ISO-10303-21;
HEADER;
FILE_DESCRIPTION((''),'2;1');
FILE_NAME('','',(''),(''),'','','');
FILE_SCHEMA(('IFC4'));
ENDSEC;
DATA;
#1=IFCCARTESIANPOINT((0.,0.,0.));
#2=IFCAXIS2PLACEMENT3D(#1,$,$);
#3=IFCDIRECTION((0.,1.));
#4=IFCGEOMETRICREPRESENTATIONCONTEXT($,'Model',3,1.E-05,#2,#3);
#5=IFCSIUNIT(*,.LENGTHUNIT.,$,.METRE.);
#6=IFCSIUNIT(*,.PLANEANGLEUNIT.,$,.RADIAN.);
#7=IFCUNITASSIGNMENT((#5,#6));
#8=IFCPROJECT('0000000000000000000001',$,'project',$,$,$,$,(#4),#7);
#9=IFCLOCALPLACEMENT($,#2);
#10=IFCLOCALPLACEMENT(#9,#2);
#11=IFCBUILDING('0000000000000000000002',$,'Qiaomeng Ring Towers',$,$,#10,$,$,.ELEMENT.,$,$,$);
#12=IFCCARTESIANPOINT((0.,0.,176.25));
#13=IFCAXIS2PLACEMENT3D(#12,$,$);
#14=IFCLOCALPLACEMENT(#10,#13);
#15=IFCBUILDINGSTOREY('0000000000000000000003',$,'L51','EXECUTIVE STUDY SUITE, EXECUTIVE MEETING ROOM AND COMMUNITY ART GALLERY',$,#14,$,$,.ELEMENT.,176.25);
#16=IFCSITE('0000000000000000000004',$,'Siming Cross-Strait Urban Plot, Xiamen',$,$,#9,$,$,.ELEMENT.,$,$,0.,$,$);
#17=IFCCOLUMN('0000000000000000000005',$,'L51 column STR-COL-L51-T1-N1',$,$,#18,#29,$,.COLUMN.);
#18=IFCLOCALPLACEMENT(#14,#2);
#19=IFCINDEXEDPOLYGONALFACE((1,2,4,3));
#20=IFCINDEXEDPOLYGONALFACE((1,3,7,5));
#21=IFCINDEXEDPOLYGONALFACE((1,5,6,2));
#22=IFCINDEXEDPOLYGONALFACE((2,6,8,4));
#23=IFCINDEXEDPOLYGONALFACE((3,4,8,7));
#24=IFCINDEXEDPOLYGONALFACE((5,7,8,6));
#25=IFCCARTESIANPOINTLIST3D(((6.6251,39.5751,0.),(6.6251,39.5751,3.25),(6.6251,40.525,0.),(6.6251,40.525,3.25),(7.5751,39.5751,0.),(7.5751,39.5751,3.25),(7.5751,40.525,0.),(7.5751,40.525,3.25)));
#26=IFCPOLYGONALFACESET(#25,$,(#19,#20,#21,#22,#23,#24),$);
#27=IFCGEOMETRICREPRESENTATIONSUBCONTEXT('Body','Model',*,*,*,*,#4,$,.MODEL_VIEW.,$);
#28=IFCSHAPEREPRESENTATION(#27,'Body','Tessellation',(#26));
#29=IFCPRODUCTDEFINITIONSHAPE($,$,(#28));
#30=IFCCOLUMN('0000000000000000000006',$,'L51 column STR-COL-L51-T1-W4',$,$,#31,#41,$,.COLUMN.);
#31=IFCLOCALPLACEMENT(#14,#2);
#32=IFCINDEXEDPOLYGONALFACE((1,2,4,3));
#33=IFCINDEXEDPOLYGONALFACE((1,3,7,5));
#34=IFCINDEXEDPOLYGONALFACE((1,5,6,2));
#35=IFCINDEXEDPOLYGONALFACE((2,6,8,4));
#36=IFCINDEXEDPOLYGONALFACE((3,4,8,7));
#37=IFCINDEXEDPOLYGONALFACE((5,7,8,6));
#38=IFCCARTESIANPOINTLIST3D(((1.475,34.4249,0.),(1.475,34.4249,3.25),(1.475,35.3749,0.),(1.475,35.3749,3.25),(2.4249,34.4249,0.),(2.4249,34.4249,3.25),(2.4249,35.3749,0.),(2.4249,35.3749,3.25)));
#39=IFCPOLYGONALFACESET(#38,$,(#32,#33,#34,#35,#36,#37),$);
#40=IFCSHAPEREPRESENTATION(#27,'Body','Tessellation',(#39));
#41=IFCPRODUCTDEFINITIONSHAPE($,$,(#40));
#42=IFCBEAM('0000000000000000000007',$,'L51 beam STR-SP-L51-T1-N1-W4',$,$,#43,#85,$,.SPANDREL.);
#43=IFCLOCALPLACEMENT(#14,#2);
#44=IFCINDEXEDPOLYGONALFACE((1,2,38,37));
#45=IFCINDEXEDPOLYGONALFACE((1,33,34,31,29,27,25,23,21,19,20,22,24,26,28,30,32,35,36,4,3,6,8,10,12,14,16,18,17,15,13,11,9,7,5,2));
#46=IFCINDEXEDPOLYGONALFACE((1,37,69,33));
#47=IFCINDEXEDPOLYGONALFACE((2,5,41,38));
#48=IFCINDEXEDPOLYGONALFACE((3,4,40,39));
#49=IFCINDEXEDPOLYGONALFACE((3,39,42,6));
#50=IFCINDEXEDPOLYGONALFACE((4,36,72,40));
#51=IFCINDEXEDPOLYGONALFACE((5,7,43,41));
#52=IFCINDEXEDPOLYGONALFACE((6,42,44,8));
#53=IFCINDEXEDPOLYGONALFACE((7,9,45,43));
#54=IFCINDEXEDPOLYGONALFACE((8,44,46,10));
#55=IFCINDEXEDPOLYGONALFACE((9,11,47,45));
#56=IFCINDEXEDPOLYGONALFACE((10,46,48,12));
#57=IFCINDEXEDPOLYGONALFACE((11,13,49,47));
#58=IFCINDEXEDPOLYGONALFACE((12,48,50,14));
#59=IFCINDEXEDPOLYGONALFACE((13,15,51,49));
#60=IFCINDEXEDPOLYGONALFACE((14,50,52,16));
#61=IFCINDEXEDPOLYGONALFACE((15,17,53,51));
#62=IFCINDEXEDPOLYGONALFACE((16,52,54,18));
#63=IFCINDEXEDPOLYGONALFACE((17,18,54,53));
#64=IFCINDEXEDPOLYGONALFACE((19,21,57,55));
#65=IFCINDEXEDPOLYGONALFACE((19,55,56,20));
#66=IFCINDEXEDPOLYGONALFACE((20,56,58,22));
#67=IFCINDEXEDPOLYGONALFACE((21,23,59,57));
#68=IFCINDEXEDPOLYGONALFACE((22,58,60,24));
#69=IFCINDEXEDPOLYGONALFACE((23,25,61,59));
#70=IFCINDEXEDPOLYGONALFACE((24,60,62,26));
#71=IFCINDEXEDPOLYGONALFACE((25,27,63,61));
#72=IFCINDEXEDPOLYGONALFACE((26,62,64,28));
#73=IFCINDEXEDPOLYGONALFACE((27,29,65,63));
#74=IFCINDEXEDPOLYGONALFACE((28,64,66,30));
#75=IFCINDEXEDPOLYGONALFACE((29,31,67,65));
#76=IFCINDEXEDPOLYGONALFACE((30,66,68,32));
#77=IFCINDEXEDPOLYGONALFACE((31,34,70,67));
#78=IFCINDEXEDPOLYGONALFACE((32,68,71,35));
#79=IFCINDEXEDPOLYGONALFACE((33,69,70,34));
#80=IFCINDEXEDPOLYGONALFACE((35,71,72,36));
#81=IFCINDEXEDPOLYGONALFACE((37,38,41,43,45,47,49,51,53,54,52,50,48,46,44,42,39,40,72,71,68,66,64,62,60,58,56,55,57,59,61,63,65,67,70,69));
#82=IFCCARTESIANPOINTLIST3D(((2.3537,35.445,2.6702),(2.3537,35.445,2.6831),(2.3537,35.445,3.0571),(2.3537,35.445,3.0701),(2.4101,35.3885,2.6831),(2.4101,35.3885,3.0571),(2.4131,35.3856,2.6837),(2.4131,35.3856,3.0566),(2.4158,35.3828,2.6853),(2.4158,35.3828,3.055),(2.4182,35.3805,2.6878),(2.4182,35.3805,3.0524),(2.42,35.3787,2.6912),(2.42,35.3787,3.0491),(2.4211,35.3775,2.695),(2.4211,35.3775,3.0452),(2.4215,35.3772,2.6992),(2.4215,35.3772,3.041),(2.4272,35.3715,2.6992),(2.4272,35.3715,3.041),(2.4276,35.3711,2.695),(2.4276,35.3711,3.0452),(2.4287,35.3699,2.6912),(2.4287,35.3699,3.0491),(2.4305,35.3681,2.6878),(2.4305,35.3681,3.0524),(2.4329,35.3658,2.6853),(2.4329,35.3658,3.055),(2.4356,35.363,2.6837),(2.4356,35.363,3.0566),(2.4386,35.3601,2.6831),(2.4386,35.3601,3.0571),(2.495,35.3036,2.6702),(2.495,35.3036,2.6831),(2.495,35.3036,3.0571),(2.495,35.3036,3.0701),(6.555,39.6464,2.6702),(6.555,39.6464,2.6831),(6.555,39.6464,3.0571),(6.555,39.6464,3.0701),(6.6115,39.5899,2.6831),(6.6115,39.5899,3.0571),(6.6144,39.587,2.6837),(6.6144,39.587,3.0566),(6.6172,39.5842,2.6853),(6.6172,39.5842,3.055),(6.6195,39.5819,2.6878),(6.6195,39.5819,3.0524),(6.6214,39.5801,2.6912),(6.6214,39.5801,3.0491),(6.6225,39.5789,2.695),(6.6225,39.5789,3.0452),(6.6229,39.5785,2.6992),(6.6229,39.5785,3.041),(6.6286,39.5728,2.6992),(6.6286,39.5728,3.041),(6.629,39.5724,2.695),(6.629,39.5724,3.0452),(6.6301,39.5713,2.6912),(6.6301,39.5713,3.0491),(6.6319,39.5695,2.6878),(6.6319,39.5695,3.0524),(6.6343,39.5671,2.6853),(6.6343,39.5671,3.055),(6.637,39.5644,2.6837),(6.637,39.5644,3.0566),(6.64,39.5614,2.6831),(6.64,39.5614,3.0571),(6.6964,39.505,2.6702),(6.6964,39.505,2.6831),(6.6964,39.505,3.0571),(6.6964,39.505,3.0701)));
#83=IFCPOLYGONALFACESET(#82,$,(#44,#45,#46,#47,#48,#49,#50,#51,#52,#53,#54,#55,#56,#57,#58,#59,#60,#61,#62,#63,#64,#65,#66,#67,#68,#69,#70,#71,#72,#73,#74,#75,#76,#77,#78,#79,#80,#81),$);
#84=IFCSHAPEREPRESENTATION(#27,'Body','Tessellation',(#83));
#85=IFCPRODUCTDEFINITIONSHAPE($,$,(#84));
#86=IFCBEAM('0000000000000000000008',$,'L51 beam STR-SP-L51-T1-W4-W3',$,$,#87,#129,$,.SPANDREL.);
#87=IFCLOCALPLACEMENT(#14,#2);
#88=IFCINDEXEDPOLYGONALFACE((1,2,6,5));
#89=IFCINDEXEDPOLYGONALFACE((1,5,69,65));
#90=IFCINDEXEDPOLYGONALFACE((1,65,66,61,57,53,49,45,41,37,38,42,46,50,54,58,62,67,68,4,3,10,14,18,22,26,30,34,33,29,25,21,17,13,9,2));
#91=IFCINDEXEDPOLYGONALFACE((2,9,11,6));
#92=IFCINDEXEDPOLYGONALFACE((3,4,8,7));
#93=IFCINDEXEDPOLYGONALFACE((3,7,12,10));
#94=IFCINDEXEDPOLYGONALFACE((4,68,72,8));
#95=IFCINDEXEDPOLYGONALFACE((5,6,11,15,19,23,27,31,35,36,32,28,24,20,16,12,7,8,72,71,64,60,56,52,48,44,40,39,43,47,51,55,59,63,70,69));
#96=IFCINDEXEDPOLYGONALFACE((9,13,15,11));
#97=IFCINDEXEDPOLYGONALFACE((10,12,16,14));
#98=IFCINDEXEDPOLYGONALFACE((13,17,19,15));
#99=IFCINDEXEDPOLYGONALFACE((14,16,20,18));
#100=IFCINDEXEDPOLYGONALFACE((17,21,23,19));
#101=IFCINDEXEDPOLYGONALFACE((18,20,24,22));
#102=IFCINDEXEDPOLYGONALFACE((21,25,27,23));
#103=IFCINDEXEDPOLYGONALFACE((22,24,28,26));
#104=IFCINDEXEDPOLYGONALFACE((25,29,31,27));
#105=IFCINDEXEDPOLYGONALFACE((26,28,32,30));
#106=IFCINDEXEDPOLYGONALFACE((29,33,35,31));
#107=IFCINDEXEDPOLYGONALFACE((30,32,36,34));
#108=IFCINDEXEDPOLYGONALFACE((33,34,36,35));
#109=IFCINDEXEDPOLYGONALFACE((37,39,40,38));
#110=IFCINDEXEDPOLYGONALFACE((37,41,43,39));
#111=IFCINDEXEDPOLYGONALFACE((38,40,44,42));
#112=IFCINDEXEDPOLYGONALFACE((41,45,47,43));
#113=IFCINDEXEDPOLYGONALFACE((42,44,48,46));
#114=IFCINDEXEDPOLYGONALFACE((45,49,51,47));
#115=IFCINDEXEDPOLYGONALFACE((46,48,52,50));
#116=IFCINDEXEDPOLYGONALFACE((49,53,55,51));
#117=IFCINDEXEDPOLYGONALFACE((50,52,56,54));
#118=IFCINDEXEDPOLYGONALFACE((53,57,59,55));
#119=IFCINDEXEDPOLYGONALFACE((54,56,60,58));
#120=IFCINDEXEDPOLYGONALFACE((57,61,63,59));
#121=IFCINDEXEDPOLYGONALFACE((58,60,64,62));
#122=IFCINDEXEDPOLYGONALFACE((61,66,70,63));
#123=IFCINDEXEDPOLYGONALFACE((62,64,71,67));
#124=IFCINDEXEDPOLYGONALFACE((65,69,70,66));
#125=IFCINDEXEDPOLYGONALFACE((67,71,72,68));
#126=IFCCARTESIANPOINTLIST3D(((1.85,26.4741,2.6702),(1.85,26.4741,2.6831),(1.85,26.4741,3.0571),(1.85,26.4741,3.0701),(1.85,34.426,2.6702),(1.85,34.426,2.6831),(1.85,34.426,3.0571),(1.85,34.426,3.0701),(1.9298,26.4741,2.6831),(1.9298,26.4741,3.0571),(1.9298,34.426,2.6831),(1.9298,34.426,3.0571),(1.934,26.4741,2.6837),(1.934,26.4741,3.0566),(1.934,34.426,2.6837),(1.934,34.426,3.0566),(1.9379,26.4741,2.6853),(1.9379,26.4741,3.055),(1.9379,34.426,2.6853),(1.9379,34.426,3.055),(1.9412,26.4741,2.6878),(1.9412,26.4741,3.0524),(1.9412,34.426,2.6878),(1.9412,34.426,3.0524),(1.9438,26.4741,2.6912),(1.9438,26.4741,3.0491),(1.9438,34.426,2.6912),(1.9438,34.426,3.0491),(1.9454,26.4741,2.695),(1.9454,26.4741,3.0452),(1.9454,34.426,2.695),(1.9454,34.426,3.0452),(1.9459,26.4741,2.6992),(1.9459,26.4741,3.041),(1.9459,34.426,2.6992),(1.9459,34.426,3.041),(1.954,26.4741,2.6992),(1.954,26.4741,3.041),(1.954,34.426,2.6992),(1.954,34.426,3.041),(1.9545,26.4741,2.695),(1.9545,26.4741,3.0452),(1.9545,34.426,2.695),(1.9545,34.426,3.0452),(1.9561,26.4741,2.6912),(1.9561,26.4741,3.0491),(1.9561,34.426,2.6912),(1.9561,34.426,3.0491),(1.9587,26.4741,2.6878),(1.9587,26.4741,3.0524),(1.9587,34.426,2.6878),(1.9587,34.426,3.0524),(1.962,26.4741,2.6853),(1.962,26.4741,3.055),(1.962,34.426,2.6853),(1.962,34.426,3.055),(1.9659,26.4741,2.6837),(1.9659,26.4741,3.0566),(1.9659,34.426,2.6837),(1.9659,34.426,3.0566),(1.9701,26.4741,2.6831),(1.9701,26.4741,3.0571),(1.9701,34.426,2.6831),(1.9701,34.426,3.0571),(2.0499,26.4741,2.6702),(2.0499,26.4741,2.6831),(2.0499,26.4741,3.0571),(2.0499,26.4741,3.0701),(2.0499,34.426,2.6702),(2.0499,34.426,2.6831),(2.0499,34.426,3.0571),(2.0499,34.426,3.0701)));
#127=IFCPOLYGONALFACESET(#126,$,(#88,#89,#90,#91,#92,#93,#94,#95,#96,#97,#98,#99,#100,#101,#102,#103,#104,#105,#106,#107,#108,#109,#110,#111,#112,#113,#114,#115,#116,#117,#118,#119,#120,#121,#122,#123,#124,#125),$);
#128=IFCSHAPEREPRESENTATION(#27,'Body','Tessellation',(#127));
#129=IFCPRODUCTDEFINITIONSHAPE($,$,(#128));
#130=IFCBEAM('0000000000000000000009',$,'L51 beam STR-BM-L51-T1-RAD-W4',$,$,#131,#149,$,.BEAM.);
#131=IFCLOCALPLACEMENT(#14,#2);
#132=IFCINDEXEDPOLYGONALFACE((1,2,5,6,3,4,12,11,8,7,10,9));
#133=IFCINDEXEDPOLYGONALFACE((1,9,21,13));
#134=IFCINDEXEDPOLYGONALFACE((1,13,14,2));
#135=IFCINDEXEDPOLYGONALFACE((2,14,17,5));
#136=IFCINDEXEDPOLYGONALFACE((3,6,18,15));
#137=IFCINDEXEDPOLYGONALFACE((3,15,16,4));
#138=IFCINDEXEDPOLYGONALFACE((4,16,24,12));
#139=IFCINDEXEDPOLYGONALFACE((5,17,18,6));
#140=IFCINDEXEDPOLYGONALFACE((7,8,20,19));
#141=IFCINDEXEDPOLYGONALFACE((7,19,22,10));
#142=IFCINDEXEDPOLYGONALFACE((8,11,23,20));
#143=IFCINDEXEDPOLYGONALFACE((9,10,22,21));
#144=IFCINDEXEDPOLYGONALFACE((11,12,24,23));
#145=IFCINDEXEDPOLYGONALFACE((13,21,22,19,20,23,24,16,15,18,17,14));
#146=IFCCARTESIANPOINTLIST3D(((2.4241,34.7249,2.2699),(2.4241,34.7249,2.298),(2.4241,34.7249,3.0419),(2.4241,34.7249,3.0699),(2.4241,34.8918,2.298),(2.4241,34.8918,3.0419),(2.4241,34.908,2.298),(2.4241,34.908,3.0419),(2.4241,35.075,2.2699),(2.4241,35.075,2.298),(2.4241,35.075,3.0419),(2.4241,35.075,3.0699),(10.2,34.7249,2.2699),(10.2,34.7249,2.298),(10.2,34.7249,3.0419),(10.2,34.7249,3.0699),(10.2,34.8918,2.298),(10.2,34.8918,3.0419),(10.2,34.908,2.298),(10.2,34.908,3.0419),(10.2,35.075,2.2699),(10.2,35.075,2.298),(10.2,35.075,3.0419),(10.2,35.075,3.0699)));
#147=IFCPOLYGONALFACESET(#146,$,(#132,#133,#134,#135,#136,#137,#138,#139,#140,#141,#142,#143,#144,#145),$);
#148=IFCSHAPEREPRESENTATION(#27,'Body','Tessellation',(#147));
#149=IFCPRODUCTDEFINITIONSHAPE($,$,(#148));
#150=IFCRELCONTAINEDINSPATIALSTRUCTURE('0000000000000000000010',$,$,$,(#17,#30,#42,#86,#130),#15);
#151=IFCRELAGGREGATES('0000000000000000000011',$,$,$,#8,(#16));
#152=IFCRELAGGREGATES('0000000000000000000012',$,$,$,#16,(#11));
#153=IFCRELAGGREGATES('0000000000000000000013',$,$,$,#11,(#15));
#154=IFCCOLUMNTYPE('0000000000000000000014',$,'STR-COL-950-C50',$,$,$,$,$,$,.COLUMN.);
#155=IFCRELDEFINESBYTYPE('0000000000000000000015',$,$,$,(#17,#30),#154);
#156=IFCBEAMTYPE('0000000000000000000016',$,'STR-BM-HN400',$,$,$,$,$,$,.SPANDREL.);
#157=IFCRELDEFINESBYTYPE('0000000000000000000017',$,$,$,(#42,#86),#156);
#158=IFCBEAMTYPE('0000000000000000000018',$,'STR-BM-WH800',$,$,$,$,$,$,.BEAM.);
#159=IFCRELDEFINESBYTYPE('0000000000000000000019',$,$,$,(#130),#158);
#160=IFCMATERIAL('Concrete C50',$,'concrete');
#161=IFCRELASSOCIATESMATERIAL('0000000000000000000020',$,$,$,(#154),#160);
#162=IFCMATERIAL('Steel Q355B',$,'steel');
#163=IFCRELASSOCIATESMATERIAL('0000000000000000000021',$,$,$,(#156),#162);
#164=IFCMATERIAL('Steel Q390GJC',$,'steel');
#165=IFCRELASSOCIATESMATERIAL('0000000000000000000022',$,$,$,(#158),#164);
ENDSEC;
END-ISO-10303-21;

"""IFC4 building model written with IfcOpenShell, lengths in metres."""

from ifc_helpers import new_model, si_unit, direction, frame, origin, origin_2d, place, context, subcontext, project, spatial, rectangle, i_section, extrude, source, transform, mapped, material, material_profile, profile_set, type_object, element, save


model = new_model("IFC4")

# Units and contexts
model_context = context("Model", 3, precision=1e-05, world=origin(), true_north=direction((0.0, 1.0)))
body_context = subcontext(model_context, "Body", "Model", "MODEL_VIEW")
ifc_project = project(units=[si_unit("LENGTHUNIT", "METRE"), si_unit("PLANEANGLEUNIT", "RADIAN")], contexts=[model_context])

# Site, building, storey
site_placement = place(None, origin())
site = spatial("IfcSite", under=ifc_project, at=site_placement, Name="Siming Cross-Strait Urban Plot, Xiamen", CompositionType="ELEMENT", RefElevation=0.0)
building_placement = place(site_placement, origin())
building = spatial("IfcBuilding", under=site, at=building_placement, Name="Qiaomeng Ring Towers", CompositionType="ELEMENT")
storey_placement = place(building_placement, frame((0.0, 0.0, 176.25)))
storey = spatial("IfcBuildingStorey", under=building, at=storey_placement, Name="L51", Description="EXECUTIVE STUDY SUITE, EXECUTIVE MEETING ROOM AND COMMUNITY ART GALLERY", CompositionType="ELEMENT", Elevation=176.25)

# Columns
ifc_material_1 = material(Name="Concrete C50", Category="concrete")
ifc_material_profile_1 = material_profile(ifc_material_1, rectangle(XDim=0.95, YDim=0.95, at=origin_2d()), Name="RC COL 950x950")
ifc_profile_set_1 = profile_set([ifc_material_profile_1], Name="Concrete C50")
column_type = type_object("IfcColumnType", Name="STR-COL-950-C50", PredefinedType="COLUMN", material=ifc_profile_set_1)
shared_shape_1 = source(origin(), body_context, "Body", "SweptSolid", [
    extrude(rectangle(XDim=0.95, YDim=0.95, at=origin_2d()), origin(), (0.0, 0.0, 1.0), 3.25),
])
for number, where, z_axis, x_axis, name in (
    (1, (7.1001, 40.05, 0.0), (0.0, 0.0, 1.0), (1.0, 0.0, 0.0), "L51 column STR-COL-L51-T1-N1"),
    (2, (1.95, 34.8999, 0.0), (0.0, 0.0, 1.0), (1.0, 0.0, 0.0), "L51 column STR-COL-L51-T1-W4"),
):
    element("IfcColumn", number, at=place(storey_placement, frame(where, z_axis=z_axis, x_axis=x_axis)), inside=storey, type_object=column_type, Name=name, PredefinedType="COLUMN", context=body_context, shape_type="MappedRepresentation", body=[
        mapped(shared_shape_1, transform((0.0, 0.0, 0.0), x_axis=(1.0, 0.0, 0.0), y_axis=(0.0, 1.0, 0.0), z_axis=(0.0, 0.0, 1.0), scale=1.0)),
    ])

# Beams
ifc_material_2 = material(Name="Steel Q355B", Category="steel")
ifc_material_profile_2 = material_profile(ifc_material_2, i_section(OverallWidth=0.2, OverallDepth=0.3999, WebThickness=0.0081, FlangeThickness=0.0129, FilletRadius=0.0161, at=origin_2d()), Name="HN 400x200x8x13")
ifc_profile_set_2 = profile_set([ifc_material_profile_2], Name="Steel Q355B")
beam_type_1 = type_object("IfcBeamType", Name="STR-BM-HN400", PredefinedType="SPANDREL", material=ifc_profile_set_2)
shared_shape_2 = source(origin(), body_context, "Body", "SweptSolid", [
    extrude(i_section(OverallWidth=0.2, OverallDepth=0.3999, WebThickness=0.0081, FlangeThickness=0.0129, FilletRadius=0.0161, at=origin_2d()), origin(), (0.0, 0.0, 1.0), 5.9417),
])
beam_1_placement = place(storey_placement, frame((6.6257, 39.5757, 2.8701), z_axis=(-0.707107, -0.707107, 0.0), x_axis=(0.707107, -0.707107, 0.0)))
element("IfcBeam", 3, at=beam_1_placement, inside=storey, type_object=beam_type_1, Name="L51 beam STR-SP-L51-T1-N1-W4", PredefinedType="SPANDREL", context=body_context, shape_type="MappedRepresentation", body=[
    mapped(shared_shape_2, transform((0.0, 0.0, 0.0), x_axis=(1.0, 0.0, 0.0), y_axis=(0.0, 1.0, 0.0), z_axis=(0.0, 0.0, 1.0), scale=1.0)),
])
shared_shape_3 = source(origin(), body_context, "Body", "SweptSolid", [
    extrude(i_section(OverallWidth=0.2, OverallDepth=0.3999, WebThickness=0.0081, FlangeThickness=0.0129, FilletRadius=0.0161, at=origin_2d()), origin(), (0.0, 0.0, 1.0), 7.9519),
])
beam_2_placement = place(storey_placement, frame((1.95, 34.426, 2.8701), z_axis=(0.0, -1.0, 0.0), x_axis=(1.0, 0.0, 0.0)))
element("IfcBeam", 4, at=beam_2_placement, inside=storey, type_object=beam_type_1, Name="L51 beam STR-SP-L51-T1-W4-W3", PredefinedType="SPANDREL", context=body_context, shape_type="MappedRepresentation", body=[
    mapped(shared_shape_3, transform((0.0, 0.0, 0.0), x_axis=(1.0, 0.0, 0.0), y_axis=(0.0, 1.0, 0.0), z_axis=(0.0, 0.0, 1.0), scale=1.0)),
])
ifc_material_3 = material(Name="Steel Q390GJC", Category="steel")
ifc_material_profile_3 = material_profile(ifc_material_3, i_section(OverallWidth=0.3501, OverallDepth=0.8, WebThickness=0.0161, FlangeThickness=0.0281, at=origin_2d()), Name="WH 800x350x16x28")
ifc_profile_set_3 = profile_set([ifc_material_profile_3], Name="Steel Q390GJC")
beam_type_2 = type_object("IfcBeamType", Name="STR-BM-WH800", PredefinedType="BEAM", material=ifc_profile_set_3)
shared_shape_4 = source(origin(), body_context, "Body", "SweptSolid", [
    extrude(i_section(OverallWidth=0.3501, OverallDepth=0.8, WebThickness=0.0161, FlangeThickness=0.0281, at=origin_2d()), origin(), (0.0, 0.0, 1.0), 7.7759),
])
beam_3_placement = place(storey_placement, frame((2.4241, 34.8999, 2.6699), z_axis=(1.0, 0.0, 0.0), x_axis=(0.0, 1.0, 0.0)))
element("IfcBeam", 5, at=beam_3_placement, inside=storey, type_object=beam_type_2, Name="L51 beam STR-BM-L51-T1-RAD-W4", PredefinedType="BEAM", context=body_context, shape_type="MappedRepresentation", body=[
    mapped(shared_shape_4, transform((0.0, 0.0, 0.0), x_axis=(1.0, 0.0, 0.0), y_axis=(0.0, 1.0, 0.0), z_axis=(0.0, 0.0, 1.0), scale=1.0)),
])

save(model, "model.ifc")
